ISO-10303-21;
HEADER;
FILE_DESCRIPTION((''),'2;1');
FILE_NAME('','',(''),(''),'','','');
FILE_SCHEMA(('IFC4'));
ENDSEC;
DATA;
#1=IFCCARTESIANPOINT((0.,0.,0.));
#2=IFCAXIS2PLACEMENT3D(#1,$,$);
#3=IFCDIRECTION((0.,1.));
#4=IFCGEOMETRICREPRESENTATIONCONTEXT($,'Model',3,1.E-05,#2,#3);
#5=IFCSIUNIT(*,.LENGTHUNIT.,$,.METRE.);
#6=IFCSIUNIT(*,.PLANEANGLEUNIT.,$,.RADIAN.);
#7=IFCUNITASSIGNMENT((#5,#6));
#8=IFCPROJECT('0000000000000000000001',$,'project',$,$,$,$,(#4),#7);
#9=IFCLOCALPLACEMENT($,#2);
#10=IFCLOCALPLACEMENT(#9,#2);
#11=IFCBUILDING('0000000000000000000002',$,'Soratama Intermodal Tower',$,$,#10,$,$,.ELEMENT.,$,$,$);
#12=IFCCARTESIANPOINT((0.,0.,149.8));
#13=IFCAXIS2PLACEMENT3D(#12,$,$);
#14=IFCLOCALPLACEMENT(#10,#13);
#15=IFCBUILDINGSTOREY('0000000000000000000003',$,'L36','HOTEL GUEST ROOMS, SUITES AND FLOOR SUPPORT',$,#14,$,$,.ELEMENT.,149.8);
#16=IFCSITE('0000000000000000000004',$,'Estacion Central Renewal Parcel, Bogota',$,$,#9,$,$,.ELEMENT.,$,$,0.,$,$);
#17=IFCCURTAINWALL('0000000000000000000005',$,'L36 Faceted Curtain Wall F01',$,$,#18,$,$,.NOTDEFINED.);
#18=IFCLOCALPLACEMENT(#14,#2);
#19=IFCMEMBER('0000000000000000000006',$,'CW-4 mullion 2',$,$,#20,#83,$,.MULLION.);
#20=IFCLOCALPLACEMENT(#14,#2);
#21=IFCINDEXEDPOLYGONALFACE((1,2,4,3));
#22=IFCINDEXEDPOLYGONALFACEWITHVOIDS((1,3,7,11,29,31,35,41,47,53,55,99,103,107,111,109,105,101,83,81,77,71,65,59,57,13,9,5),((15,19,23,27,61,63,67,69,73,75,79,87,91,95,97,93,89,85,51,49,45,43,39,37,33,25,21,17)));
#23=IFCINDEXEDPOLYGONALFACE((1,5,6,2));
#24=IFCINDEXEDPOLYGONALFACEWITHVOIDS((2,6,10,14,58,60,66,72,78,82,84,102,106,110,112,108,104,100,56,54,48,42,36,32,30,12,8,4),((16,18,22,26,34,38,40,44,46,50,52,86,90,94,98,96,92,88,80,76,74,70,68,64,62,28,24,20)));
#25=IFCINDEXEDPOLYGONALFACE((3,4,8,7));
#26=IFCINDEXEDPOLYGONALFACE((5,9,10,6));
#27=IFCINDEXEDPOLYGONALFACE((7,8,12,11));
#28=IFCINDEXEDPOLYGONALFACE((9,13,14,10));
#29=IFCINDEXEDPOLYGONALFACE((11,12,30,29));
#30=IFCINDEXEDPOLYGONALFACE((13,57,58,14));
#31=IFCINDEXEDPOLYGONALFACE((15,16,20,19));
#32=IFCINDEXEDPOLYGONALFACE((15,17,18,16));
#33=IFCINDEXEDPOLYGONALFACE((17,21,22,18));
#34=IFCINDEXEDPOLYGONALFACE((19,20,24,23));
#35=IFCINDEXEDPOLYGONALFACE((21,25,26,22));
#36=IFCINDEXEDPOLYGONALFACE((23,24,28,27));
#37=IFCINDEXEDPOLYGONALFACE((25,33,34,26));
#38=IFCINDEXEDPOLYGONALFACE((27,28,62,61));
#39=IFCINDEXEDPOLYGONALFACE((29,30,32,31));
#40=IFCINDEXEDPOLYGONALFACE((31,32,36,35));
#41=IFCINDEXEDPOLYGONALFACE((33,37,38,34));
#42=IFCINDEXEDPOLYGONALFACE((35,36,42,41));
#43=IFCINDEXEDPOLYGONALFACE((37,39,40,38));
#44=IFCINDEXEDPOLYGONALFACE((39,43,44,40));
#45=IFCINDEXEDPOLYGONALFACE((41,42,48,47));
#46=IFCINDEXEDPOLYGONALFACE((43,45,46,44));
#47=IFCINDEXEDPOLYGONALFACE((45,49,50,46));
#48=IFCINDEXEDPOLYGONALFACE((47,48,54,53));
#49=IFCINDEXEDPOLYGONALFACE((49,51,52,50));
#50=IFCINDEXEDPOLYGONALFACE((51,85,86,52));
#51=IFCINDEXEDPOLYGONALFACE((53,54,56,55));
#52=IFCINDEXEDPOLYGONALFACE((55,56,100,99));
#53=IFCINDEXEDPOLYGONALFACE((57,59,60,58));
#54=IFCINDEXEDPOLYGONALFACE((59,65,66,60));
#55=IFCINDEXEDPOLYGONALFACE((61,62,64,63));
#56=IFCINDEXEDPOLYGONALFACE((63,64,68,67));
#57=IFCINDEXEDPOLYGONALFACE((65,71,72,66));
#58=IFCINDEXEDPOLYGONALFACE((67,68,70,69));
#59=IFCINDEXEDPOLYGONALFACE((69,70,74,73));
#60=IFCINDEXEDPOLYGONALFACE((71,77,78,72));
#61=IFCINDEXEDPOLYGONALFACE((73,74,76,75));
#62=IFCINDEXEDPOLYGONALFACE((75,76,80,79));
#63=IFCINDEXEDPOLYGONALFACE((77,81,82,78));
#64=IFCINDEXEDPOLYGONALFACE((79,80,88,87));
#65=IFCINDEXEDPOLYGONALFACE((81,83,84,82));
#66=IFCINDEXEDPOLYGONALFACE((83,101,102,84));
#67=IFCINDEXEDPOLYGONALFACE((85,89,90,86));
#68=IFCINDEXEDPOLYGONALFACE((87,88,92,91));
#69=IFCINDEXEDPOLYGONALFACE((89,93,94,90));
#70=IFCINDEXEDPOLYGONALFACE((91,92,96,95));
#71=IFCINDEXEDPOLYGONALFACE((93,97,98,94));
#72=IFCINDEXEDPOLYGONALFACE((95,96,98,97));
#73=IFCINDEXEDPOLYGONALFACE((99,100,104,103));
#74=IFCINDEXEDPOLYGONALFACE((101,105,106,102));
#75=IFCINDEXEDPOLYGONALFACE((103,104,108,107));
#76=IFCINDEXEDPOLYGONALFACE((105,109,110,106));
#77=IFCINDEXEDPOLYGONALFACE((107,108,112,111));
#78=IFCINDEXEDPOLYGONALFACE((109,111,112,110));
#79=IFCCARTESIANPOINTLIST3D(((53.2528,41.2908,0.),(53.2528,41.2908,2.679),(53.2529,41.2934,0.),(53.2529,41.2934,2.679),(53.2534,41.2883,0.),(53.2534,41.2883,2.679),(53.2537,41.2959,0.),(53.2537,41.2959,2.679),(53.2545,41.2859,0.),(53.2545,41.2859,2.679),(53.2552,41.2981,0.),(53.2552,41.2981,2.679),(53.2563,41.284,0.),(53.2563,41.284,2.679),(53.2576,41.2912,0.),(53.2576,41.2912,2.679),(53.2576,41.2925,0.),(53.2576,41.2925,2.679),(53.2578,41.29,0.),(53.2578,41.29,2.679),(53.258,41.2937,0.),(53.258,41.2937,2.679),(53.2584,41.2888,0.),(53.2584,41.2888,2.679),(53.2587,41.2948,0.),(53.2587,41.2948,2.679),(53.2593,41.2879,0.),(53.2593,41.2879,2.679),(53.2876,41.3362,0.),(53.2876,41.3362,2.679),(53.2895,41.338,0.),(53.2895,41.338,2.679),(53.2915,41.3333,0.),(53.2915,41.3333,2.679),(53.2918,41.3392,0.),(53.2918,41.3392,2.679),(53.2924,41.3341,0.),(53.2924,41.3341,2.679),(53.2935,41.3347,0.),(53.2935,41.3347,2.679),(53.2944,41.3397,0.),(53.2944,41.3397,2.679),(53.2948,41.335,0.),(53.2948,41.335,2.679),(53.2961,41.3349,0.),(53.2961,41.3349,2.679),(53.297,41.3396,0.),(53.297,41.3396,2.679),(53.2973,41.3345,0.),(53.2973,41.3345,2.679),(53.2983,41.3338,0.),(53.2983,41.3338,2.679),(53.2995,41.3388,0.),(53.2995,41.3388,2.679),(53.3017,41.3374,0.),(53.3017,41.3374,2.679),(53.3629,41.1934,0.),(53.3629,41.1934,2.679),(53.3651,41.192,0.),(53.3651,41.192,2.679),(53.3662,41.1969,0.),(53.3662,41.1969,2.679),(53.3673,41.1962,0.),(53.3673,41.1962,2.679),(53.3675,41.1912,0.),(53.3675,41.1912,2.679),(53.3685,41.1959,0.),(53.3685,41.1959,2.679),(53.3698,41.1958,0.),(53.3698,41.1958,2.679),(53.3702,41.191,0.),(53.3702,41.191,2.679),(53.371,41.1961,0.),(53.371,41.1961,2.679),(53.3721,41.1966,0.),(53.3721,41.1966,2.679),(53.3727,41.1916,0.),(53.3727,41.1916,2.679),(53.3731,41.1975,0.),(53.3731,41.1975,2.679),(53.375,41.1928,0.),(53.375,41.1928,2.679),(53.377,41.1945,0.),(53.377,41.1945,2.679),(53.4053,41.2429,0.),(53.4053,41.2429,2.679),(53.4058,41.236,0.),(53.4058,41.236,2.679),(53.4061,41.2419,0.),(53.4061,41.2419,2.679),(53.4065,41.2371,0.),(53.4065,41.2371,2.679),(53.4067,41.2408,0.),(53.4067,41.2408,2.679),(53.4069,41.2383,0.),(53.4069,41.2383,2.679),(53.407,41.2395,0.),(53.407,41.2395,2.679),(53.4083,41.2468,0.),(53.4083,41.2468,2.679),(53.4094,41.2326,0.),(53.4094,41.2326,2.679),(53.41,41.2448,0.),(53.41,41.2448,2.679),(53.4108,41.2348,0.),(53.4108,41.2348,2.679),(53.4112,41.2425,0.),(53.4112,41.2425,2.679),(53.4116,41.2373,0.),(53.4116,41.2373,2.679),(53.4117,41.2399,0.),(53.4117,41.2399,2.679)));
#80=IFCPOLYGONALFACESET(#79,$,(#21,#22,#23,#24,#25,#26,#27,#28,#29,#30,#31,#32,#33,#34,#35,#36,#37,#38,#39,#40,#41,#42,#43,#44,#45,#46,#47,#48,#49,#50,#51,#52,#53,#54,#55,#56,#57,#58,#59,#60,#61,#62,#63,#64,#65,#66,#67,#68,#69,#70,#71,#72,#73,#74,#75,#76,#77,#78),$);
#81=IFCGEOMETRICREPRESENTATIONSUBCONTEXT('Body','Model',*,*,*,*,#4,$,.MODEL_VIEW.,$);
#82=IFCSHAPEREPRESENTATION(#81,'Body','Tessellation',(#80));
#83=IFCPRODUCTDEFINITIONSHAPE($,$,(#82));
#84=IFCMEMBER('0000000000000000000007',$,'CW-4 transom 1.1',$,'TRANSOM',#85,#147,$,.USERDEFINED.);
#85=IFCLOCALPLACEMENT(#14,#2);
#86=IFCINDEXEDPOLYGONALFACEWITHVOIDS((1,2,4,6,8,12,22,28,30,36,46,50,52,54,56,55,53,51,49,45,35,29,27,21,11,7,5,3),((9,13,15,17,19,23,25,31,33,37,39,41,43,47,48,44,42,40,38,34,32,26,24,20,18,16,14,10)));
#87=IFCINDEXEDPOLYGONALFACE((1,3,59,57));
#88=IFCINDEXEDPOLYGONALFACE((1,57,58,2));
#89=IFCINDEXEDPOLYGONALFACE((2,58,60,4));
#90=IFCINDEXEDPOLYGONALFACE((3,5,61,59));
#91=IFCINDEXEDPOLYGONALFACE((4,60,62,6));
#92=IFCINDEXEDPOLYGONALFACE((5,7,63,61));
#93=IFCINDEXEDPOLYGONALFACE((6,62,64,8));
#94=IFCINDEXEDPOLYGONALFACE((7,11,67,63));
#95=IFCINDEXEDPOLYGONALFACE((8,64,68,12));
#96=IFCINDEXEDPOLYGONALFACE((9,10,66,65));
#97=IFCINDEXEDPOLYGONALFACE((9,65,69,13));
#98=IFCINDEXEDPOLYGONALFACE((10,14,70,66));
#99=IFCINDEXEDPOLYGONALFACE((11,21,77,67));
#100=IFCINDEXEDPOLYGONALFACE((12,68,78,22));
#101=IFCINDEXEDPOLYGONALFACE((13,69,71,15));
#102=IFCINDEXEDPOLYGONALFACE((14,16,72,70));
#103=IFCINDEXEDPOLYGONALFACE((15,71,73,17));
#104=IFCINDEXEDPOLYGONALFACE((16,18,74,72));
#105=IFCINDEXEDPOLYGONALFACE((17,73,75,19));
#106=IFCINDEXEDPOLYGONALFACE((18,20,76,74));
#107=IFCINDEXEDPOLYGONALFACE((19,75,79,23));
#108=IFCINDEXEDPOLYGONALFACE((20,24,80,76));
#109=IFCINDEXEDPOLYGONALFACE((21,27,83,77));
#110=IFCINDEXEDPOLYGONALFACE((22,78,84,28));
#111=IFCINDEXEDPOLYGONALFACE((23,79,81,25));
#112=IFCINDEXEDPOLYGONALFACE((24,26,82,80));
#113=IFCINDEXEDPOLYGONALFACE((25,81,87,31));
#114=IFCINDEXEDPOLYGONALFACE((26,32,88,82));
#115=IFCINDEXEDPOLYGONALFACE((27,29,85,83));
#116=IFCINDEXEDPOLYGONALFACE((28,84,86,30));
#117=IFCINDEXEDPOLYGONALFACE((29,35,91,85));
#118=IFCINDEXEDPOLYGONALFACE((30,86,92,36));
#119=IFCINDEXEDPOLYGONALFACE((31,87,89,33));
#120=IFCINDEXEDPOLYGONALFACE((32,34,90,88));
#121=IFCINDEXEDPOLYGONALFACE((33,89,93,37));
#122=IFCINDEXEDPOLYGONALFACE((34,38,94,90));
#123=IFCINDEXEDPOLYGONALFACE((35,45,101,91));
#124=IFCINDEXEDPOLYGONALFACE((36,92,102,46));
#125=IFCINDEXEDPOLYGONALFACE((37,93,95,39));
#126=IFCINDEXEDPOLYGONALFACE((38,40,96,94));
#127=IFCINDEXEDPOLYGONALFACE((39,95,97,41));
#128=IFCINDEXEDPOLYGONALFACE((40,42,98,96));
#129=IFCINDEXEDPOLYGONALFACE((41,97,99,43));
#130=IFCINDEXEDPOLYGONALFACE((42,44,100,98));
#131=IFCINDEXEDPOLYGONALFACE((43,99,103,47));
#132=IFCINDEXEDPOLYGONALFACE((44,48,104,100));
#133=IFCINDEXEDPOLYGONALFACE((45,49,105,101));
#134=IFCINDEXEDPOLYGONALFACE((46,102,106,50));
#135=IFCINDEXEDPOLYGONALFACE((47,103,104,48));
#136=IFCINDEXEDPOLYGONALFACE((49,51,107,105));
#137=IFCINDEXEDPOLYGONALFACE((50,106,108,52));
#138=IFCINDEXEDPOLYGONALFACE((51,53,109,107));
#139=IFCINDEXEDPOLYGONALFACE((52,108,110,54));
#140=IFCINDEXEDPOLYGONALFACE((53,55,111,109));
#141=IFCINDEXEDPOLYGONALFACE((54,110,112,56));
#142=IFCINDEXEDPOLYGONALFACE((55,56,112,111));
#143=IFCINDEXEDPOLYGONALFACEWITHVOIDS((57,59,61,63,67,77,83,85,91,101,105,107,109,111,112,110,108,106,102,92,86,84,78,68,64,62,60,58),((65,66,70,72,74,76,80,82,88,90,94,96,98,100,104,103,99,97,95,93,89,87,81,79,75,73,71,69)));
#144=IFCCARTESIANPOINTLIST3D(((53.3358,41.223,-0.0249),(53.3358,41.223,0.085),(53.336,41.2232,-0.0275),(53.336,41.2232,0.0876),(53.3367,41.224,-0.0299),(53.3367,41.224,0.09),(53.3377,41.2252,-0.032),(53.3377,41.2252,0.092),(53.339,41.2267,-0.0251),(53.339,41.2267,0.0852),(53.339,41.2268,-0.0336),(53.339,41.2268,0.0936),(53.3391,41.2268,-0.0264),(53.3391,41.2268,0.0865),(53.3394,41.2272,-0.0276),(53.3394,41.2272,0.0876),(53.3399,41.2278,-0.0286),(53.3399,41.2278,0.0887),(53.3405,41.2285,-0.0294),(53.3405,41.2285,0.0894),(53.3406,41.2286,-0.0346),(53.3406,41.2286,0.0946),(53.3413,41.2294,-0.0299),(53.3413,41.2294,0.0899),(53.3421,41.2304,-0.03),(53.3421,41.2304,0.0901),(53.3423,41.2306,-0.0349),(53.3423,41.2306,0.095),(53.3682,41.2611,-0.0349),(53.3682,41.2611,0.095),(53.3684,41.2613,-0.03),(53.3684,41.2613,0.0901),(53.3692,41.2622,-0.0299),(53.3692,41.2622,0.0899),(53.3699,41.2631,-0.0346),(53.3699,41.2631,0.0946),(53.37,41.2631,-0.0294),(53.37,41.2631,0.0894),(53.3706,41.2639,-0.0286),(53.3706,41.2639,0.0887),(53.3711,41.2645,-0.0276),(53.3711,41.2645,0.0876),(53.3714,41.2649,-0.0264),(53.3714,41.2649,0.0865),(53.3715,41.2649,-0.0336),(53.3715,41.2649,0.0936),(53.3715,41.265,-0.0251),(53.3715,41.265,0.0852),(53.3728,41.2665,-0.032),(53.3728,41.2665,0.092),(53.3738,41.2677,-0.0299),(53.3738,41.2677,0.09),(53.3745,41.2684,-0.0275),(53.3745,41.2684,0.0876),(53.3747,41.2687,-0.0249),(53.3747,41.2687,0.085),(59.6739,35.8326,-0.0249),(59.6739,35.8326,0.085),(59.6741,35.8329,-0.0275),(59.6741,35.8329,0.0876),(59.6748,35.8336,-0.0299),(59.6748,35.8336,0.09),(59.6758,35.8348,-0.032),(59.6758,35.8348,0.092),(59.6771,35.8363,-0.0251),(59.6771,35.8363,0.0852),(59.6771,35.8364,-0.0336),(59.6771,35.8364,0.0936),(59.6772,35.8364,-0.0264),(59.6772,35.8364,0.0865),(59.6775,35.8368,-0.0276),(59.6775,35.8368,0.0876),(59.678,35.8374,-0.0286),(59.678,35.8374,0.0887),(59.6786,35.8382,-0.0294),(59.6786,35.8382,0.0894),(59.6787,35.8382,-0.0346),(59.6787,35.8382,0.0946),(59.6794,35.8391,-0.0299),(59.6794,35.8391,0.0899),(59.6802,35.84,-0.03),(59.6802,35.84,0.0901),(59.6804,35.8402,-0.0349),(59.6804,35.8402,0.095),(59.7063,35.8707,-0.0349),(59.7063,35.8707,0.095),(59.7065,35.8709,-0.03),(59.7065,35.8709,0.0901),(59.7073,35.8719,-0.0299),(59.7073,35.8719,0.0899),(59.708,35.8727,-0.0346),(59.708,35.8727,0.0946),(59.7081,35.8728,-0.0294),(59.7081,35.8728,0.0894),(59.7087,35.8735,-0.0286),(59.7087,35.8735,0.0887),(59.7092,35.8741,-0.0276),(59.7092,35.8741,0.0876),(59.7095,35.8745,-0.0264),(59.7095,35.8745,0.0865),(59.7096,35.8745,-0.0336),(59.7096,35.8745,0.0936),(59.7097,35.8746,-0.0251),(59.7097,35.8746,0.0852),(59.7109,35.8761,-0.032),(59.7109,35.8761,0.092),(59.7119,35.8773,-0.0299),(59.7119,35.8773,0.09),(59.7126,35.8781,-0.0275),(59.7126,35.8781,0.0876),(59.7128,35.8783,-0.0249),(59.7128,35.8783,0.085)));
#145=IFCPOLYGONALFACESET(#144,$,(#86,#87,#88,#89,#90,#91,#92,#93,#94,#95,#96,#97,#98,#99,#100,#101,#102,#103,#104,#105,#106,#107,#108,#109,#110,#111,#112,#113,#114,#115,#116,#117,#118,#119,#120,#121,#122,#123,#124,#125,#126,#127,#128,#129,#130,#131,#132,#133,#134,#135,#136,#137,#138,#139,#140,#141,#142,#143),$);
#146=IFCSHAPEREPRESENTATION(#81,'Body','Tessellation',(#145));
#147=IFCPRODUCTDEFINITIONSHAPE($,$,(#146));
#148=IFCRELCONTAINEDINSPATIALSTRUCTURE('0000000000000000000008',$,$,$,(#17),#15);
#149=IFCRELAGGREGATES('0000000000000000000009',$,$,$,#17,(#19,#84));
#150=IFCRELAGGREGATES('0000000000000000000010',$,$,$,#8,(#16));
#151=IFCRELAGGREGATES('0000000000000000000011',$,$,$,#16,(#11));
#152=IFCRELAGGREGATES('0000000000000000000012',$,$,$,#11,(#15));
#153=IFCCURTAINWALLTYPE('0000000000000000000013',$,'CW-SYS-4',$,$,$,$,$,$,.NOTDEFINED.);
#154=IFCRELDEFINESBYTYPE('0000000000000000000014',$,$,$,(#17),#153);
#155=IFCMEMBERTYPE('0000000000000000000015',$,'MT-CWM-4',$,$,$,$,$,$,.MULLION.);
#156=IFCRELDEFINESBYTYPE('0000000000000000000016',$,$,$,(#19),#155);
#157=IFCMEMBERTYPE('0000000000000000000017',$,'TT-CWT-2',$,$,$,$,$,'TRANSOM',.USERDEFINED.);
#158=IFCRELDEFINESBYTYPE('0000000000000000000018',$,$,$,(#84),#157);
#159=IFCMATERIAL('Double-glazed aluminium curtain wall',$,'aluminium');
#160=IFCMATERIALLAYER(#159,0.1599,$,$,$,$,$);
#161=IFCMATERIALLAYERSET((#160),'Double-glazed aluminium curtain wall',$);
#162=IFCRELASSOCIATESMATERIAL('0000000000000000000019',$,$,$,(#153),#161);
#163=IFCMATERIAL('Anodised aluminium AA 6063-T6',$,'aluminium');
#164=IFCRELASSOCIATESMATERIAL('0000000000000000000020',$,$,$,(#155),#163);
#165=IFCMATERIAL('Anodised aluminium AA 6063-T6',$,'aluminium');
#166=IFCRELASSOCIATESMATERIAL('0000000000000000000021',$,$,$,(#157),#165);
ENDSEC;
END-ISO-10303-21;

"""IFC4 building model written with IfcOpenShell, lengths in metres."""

from ifc_helpers import new_model, si_unit, direction, frame, origin, origin_2d, place, context, subcontext, project, spatial, hollow_rectangle, extrude, material, layer, layer_set, material_profile, profile_set, type_object, element, aggregate, save


model = new_model("IFC4")

# Units and contexts
model_context = context("Model", 3, precision=1e-05, world=origin(), true_north=direction((0.0, 1.0)))
body_context = subcontext(model_context, "Body", "Model", "MODEL_VIEW")
ifc_project = project(units=[si_unit("LENGTHUNIT", "METRE"), si_unit("PLANEANGLEUNIT", "RADIAN")], contexts=[model_context])

# Site, building, storey
site_placement = place(None, origin())
site = spatial("IfcSite", under=ifc_project, at=site_placement, Name="Estacion Central Renewal Parcel, Bogota", CompositionType="ELEMENT", RefElevation=0.0)
building_placement = place(site_placement, origin())
building = spatial("IfcBuilding", under=site, at=building_placement, Name="Soratama Intermodal Tower", CompositionType="ELEMENT")
storey_placement = place(building_placement, frame((0.0, 0.0, 149.8)))
storey = spatial("IfcBuildingStorey", under=building, at=storey_placement, Name="L36", Description="HOTEL GUEST ROOMS, SUITES AND FLOOR SUPPORT", CompositionType="ELEMENT", Elevation=149.8)

# Curtain wall, members
ifc_material_1 = material(Name="Double-glazed aluminium curtain wall", Category="aluminium")
ifc_layer_1 = layer(ifc_material_1, 0.1599)
ifc_layer_set_1 = layer_set([ifc_layer_1], Name="Double-glazed aluminium curtain wall")
curtain_wall_type = type_object("IfcCurtainWallType", Name="CW-SYS-4", PredefinedType="NOTDEFINED", material=ifc_layer_set_1)
curtain_wall_placement = place(storey_placement, origin())
curtain_wall = element("IfcCurtainWall", 1, at=curtain_wall_placement, inside=storey, type_object=curtain_wall_type, Name="L36 Faceted Curtain Wall F01", PredefinedType="NOTDEFINED")
ifc_material_2 = material(Name="Anodised aluminium AA 6063-T6", Category="aluminium")
ifc_material_profile_1 = material_profile(ifc_material_2, hollow_rectangle(XDim=0.0701, YDim=0.1599, WallThickness=0.0049, InnerFilletRadius=0.0049, OuterFilletRadius=0.01, at=origin_2d()), Name="CWM160X70X5")
ifc_profile_set_1 = profile_set([ifc_material_profile_1], Name="Anodised aluminium AA 6063-T6")
member_type_1 = type_object("IfcMemberType", Name="MT-CWM-4", PredefinedType="MULLION", material=ifc_profile_set_1)
member_1_placement = place(storey_placement, frame((53.3323, 41.2654, 0.0), z_axis=(0.0, 0.0, 1.0), x_axis=(-0.647857, -0.761762, 0.0)))
member_1 = element("IfcMember", 2, at=member_1_placement, type_object=member_type_1, Name="CW-4 mullion 2", PredefinedType="MULLION", context=body_context, shape_type="SweptSolid", body=[
    extrude(hollow_rectangle(XDim=0.0701, YDim=0.1599, WallThickness=0.0049, InnerFilletRadius=0.0049, OuterFilletRadius=0.01, at=origin_2d()), origin(), (0.0, 0.0, 1.0), 2.679),
])
ifc_material_3 = material(Name="Anodised aluminium AA 6063-T6", Category="aluminium")
ifc_material_profile_2 = material_profile(ifc_material_3, hollow_rectangle(XDim=0.0601, YDim=0.1299, WallThickness=0.0049, InnerFilletRadius=0.0049, OuterFilletRadius=0.01, at=origin_2d()), Name="CWT130X60X5")
ifc_profile_set_2 = profile_set([ifc_material_profile_2], Name="Anodised aluminium AA 6063-T6")
member_type_2 = type_object("IfcMemberType", Name="TT-CWT-2", ElementType="TRANSOM", PredefinedType="USERDEFINED", material=ifc_profile_set_2)
member_2_placement = place(storey_placement, frame((59.6934, 35.8555, 0.03), z_axis=(-0.761763, 0.647855, 0.0), x_axis=(-0.647855, -0.761763, 0.0)))
member_2 = element("IfcMember", 3, at=member_2_placement, type_object=member_type_2, Name="CW-4 transom 1.1", ObjectType="TRANSOM", PredefinedType="USERDEFINED", context=body_context, shape_type="SweptSolid", body=[
    extrude(hollow_rectangle(XDim=0.0601, YDim=0.1299, WallThickness=0.0049, InnerFilletRadius=0.0049, OuterFilletRadius=0.01, at=origin_2d()), origin(), (0.0, 0.0, 1.0), 8.3203),
])
aggregate(curtain_wall, [member_1, member_2])

save(model, "model.ifc")
